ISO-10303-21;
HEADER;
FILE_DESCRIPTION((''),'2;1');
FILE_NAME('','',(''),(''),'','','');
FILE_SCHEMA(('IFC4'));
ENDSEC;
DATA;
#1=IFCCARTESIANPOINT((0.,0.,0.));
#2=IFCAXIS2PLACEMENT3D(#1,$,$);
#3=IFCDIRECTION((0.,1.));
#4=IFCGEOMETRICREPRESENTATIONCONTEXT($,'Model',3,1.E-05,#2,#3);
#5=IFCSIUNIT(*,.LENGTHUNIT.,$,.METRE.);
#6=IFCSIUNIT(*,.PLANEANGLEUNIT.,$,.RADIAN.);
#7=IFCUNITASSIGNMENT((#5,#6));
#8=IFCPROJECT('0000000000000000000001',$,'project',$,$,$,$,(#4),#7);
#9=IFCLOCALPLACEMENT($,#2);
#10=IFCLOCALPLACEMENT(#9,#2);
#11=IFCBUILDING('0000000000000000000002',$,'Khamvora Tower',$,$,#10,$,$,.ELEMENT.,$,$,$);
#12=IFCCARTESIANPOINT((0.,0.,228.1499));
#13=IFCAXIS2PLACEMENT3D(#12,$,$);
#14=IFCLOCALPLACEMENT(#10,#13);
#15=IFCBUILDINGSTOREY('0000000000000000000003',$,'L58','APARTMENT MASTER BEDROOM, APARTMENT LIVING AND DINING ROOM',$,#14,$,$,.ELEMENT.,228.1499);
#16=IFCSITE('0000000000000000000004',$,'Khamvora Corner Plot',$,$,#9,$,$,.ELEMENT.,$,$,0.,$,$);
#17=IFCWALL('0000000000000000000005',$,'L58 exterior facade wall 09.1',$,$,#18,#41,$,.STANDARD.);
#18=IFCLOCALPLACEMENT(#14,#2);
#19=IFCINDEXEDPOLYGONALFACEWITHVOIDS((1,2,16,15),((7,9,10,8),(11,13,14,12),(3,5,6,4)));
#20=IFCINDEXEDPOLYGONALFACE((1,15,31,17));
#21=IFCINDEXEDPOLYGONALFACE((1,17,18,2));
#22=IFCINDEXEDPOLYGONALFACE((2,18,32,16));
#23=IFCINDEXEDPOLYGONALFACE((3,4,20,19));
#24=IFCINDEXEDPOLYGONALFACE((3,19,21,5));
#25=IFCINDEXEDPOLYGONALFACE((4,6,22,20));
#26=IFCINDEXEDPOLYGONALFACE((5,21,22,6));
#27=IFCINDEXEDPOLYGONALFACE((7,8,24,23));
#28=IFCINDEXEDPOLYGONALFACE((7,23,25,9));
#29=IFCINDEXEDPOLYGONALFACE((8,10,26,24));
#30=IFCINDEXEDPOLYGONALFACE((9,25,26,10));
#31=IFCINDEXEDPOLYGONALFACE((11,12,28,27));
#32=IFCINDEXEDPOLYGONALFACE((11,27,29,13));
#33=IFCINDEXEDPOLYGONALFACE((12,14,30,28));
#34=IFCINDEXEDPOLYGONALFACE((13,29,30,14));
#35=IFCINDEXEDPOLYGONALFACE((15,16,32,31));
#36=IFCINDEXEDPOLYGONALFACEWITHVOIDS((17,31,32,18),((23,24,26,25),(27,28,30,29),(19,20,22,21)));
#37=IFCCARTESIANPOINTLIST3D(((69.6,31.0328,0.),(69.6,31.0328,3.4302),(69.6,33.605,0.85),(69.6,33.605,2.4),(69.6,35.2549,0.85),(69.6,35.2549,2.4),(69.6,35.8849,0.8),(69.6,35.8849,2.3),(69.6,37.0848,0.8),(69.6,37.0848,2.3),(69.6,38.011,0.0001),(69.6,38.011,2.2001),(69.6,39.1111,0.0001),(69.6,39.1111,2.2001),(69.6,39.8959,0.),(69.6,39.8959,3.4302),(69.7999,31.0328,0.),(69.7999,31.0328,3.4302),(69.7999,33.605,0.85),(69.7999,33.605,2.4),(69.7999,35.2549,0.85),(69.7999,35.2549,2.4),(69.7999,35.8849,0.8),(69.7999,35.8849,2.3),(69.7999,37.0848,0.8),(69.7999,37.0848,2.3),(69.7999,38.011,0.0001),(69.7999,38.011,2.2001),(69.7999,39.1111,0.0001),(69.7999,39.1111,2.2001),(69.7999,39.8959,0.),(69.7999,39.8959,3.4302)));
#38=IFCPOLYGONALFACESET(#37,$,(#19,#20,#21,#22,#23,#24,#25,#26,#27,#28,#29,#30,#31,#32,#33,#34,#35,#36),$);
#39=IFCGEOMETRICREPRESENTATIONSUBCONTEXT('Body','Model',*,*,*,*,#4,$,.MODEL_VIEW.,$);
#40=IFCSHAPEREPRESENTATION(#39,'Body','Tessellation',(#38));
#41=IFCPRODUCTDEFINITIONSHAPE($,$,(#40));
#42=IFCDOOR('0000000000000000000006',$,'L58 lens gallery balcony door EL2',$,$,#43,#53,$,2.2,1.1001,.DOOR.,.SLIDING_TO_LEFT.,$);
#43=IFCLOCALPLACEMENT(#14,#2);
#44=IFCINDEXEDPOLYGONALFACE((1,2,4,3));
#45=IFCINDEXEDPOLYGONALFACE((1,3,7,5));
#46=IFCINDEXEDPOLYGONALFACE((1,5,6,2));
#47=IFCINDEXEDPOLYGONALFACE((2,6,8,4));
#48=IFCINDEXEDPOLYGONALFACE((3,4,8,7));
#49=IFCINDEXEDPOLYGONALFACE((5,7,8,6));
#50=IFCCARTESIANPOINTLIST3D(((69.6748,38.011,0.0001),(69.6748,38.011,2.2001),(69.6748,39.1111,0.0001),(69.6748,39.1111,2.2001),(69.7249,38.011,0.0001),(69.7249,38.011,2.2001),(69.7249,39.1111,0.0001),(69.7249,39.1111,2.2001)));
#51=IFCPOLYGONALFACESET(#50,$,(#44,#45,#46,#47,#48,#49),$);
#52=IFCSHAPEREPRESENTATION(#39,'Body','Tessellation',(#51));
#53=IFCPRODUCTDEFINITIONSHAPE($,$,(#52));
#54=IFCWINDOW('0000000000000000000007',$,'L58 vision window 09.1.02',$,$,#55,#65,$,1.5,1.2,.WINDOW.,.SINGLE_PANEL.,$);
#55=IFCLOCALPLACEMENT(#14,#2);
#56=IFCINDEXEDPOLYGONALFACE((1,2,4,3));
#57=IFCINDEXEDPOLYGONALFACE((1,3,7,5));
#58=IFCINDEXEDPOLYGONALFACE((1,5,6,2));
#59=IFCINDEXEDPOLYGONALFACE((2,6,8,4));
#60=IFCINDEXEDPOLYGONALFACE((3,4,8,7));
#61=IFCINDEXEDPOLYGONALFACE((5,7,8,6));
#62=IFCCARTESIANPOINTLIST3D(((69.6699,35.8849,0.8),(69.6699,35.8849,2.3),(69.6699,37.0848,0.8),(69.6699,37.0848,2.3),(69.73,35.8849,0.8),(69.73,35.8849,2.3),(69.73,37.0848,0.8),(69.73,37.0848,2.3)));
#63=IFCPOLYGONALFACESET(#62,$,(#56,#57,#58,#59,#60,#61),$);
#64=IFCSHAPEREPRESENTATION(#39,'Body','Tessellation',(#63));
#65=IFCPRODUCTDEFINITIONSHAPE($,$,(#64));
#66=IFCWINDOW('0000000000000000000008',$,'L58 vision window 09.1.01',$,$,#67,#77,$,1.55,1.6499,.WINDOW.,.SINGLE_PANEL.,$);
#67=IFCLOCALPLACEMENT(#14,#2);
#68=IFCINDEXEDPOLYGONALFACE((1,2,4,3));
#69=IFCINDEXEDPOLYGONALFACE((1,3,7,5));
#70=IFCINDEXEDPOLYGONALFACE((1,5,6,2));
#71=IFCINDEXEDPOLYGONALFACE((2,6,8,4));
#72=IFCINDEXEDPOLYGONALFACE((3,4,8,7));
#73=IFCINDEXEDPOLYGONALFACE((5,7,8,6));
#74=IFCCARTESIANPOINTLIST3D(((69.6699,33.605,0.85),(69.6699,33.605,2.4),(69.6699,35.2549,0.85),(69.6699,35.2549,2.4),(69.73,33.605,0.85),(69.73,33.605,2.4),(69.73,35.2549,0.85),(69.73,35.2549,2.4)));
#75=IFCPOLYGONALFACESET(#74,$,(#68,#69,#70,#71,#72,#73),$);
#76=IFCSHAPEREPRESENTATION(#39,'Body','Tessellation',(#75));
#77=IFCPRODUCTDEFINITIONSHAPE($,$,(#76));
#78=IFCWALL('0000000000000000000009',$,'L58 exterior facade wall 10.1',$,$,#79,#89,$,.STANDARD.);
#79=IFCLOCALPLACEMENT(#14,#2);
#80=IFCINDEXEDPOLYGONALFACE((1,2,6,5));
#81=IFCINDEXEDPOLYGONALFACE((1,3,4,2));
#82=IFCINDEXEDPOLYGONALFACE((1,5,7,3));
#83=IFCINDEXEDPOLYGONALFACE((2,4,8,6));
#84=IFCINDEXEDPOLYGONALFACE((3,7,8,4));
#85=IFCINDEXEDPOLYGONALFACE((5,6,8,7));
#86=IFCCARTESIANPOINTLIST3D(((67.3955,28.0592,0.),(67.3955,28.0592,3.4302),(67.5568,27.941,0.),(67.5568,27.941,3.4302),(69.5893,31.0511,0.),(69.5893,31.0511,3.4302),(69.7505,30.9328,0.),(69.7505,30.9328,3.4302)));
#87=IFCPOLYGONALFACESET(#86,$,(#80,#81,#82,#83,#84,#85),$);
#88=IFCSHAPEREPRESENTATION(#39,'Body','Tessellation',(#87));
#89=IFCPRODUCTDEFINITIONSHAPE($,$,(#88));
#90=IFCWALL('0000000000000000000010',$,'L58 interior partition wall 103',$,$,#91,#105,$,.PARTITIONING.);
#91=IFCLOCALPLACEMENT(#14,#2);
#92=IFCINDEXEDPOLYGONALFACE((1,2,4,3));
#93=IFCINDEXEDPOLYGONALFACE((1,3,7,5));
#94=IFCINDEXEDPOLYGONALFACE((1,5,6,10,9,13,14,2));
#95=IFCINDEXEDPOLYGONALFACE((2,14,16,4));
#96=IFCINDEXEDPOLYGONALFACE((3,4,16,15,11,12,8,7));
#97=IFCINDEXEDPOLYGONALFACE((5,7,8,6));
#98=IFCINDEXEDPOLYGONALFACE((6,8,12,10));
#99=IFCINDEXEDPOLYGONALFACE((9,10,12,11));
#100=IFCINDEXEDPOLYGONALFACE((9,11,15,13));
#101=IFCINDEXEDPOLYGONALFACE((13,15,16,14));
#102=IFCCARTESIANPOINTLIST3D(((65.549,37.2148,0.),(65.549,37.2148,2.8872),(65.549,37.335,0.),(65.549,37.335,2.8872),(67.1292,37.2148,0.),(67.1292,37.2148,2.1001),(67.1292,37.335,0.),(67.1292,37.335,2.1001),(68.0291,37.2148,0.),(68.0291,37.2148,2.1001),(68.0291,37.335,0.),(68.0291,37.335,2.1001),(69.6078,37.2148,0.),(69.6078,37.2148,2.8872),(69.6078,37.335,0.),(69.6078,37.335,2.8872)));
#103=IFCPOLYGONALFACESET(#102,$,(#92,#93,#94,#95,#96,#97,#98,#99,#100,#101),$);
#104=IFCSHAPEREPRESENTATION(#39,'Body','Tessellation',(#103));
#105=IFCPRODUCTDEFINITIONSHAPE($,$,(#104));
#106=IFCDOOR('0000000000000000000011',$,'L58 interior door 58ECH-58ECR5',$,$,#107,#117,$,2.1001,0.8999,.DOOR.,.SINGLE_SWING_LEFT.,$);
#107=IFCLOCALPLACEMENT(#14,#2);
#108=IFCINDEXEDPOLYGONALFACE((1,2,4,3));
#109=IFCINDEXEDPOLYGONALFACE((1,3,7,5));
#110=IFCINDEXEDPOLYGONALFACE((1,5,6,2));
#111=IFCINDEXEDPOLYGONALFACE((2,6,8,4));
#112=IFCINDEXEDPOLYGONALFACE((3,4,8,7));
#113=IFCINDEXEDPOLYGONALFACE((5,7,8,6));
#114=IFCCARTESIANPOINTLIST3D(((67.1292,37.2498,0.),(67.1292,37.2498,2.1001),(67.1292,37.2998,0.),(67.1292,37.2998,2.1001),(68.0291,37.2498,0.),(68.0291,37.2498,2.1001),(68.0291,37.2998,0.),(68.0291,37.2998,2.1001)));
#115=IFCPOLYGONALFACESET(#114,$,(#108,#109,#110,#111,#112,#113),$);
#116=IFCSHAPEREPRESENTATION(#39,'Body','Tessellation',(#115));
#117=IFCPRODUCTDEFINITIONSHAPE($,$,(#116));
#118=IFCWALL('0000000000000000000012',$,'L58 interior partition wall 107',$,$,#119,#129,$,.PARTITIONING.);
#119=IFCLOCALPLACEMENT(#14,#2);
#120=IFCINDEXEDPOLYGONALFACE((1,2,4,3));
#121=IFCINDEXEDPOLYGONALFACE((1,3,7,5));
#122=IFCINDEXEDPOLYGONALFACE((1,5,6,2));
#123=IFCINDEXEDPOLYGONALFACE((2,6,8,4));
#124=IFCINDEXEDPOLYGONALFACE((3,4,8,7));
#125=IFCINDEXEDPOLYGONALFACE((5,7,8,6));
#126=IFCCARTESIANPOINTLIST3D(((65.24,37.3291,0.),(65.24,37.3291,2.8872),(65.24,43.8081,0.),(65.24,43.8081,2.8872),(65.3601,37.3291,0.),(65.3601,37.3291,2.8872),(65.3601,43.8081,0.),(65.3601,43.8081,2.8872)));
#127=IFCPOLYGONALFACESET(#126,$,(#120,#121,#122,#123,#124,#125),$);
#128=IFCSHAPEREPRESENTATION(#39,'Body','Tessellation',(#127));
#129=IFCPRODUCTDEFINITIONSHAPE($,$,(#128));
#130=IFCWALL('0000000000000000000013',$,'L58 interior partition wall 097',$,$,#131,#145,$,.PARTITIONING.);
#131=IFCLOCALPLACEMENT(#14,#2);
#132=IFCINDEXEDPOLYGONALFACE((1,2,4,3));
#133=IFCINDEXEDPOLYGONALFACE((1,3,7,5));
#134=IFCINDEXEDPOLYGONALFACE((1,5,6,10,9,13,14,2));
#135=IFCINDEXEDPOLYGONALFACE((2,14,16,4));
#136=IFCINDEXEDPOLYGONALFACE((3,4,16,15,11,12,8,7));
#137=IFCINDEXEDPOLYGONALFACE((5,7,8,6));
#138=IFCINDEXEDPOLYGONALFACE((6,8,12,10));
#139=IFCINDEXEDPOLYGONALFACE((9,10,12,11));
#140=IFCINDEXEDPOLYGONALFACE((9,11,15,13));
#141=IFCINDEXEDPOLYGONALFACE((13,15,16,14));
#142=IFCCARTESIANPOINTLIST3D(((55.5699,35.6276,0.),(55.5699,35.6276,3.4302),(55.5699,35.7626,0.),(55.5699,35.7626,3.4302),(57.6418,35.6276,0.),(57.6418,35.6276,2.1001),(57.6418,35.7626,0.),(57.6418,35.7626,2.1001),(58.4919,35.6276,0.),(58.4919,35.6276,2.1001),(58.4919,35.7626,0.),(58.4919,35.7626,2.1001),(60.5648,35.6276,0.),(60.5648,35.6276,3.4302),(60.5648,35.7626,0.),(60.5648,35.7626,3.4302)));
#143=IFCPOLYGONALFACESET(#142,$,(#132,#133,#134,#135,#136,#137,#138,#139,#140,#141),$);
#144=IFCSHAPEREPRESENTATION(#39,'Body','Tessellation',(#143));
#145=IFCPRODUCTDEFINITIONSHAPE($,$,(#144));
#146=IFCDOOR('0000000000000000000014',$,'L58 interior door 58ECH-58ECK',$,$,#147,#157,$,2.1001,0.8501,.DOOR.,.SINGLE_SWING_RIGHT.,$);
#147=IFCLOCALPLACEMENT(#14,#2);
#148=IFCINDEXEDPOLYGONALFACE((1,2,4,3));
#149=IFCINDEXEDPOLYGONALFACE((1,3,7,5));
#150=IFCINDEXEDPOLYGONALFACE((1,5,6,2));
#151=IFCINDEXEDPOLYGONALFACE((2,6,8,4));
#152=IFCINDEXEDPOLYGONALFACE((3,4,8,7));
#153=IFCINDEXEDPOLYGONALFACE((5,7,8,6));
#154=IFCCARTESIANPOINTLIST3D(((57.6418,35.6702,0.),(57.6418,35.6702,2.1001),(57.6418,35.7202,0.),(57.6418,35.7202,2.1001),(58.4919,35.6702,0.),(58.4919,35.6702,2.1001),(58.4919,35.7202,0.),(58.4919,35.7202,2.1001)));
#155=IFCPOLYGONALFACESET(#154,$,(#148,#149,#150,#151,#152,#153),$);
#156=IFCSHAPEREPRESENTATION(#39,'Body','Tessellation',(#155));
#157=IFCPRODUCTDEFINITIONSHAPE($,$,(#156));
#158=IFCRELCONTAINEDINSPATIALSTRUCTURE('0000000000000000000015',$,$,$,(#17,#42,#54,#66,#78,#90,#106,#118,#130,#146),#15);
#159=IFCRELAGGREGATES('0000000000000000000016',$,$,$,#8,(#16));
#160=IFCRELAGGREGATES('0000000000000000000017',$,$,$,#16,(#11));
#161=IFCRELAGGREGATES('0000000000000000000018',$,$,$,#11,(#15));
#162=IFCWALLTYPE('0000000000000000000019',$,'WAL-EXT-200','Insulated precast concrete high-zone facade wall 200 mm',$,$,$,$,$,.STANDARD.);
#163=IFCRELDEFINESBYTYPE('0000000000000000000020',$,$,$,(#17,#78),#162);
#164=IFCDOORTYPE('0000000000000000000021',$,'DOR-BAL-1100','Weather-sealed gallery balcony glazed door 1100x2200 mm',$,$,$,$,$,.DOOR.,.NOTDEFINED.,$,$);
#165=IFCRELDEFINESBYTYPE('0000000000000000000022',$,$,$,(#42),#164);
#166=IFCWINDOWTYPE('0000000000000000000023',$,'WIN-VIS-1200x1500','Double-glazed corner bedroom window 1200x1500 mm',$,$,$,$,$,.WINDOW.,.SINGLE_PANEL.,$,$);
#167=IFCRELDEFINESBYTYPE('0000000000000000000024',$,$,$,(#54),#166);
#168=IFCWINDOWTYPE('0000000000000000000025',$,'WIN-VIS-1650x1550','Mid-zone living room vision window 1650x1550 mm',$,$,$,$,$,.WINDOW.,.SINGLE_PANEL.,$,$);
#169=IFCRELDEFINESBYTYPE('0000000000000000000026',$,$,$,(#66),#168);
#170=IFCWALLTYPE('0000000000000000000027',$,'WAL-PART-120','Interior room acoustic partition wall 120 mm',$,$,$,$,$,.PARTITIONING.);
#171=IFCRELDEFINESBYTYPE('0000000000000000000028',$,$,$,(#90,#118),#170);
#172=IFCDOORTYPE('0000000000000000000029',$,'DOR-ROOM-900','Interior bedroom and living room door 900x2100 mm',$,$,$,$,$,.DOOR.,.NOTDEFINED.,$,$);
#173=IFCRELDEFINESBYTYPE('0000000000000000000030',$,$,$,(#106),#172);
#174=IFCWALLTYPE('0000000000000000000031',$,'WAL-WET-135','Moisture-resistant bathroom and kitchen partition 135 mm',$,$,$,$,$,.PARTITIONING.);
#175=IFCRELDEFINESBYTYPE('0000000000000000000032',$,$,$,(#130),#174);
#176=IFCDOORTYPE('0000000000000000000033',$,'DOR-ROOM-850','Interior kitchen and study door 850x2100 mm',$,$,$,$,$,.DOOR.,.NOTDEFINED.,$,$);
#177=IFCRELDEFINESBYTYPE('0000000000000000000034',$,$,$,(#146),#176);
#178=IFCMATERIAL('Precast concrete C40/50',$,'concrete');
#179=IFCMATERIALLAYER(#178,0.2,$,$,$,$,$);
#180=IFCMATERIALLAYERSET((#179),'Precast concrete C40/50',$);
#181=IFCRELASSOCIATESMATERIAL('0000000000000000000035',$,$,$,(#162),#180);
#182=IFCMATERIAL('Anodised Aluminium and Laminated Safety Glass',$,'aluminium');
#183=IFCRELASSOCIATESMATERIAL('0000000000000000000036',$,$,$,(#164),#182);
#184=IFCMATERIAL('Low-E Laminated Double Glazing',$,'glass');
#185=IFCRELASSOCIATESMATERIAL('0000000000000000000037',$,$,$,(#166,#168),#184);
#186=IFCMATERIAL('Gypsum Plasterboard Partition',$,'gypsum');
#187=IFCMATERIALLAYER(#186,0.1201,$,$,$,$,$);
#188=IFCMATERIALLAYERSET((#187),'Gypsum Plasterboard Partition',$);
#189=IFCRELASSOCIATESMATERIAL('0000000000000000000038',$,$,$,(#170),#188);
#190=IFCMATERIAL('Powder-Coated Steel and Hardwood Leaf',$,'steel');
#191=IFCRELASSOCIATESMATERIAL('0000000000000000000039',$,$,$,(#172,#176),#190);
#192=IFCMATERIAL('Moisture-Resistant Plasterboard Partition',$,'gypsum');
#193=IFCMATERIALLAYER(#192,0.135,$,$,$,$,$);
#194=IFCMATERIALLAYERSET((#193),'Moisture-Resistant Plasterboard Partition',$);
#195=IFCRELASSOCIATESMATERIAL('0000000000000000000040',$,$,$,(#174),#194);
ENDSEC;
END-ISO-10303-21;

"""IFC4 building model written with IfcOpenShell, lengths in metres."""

from ifc_helpers import new_model, si_unit, direction, frame, frame_2d, origin, place, context, subcontext, project, spatial, rectangle, extrude, material, layer, layer_set, type_object, element, fill, save


model = new_model("IFC4")

# Units and contexts
model_context = context("Model", 3, precision=1e-05, world=origin(), true_north=direction((0.0, 1.0)))
body_context = subcontext(model_context, "Body", "Model", "MODEL_VIEW")
ifc_project = project(units=[si_unit("LENGTHUNIT", "METRE"), si_unit("PLANEANGLEUNIT", "RADIAN")], contexts=[model_context])

# Site, building, storey
site_placement = place(None, origin())
site = spatial("IfcSite", under=ifc_project, at=site_placement, Name="Khamvora Corner Plot", CompositionType="ELEMENT", RefElevation=0.0)
building_placement = place(site_placement, origin())
building = spatial("IfcBuilding", under=site, at=building_placement, Name="Khamvora Tower", CompositionType="ELEMENT")
storey_placement = place(building_placement, frame((0.0, 0.0, 228.1499)))
storey = spatial("IfcBuildingStorey", under=building, at=storey_placement, Name="L58", Description="APARTMENT MASTER BEDROOM, APARTMENT LIVING AND DINING ROOM", CompositionType="ELEMENT", Elevation=228.1499)

# Shared definitions
ifc_material_1 = material(Name="Powder-Coated Steel and Hardwood Leaf", Category="steel")

# Shared definitions
ifc_material_2 = material(Name="Precast concrete C40/50", Category="concrete")
ifc_layer_1 = layer(ifc_material_2, 0.2)
ifc_layer_set_1 = layer_set([ifc_layer_1], Name="Precast concrete C40/50")
wall_type_1 = type_object("IfcWallType", Name="WAL-EXT-200", Description="Insulated precast concrete high-zone facade wall 200 mm", PredefinedType="STANDARD", material=ifc_layer_set_1)

# Wall, openings, door, windows
wall_1_placement = place(storey_placement, frame((69.7, 39.896, 0.0), z_axis=(0.0, 0.0, 1.0), x_axis=(0.0, -1.0, 0.0)))
wall_1 = element("IfcWall", 1, at=wall_1_placement, inside=storey, type_object=wall_type_1, Name="L58 exterior facade wall 09.1", PredefinedType="STANDARD", context=body_context, shape_type="SweptSolid", body=[
    extrude(rectangle(XDim=8.863, YDim=0.2, at=frame_2d((4.4316, 0.0))), origin(), (0.0, 0.0, 1.0), 3.4302),
])
opening_1_placement = place(wall_1_placement, frame((0.7849, 0.0, 0.0)))
opening_1 = element("IfcOpeningElement", 2, at=opening_1_placement, cuts=wall_1, PredefinedType="OPENING", context=body_context, shape_type="SweptSolid", body=[
    extrude(rectangle(XDim=1.1001, YDim=2.2, at=frame_2d((0.55, 1.1001))), frame((0.0, 0.1099, 0.0), z_axis=(0.0, -1.0, 0.0), x_axis=(1.0, 0.0, 0.0)), (0.0, 0.0, 1.0), 0.22),
])
opening_2_placement = place(wall_1_placement, frame((4.6411, 0.0, 0.8501)))
opening_2 = element("IfcOpeningElement", 3, at=opening_2_placement, cuts=wall_1, PredefinedType="OPENING", context=body_context, shape_type="SweptSolid", body=[
    extrude(rectangle(XDim=1.6499, YDim=1.55, at=frame_2d((0.825, 0.7749))), frame((0.0, 0.1099, 0.0), z_axis=(0.0, -1.0, 0.0), x_axis=(1.0, 0.0, 0.0)), (0.0, 0.0, 1.0), 0.22),
])
opening_3_placement = place(wall_1_placement, frame((2.811, 0.0, 0.8)))
opening_3 = element("IfcOpeningElement", 4, at=opening_3_placement, cuts=wall_1, PredefinedType="OPENING", context=body_context, shape_type="SweptSolid", body=[
    extrude(rectangle(XDim=1.2, YDim=1.5, at=frame_2d((0.6001, 0.75))), frame((0.0, 0.1099, 0.0), z_axis=(0.0, -1.0, 0.0), x_axis=(1.0, 0.0, 0.0)), (0.0, 0.0, 1.0), 0.22),
])
ifc_material_3 = material(Name="Anodised Aluminium and Laminated Safety Glass", Category="aluminium")
door_type_1 = type_object("IfcDoorType", Name="DOR-BAL-1100", Description="Weather-sealed gallery balcony glazed door 1100x2200 mm", OperationType="NOTDEFINED", PredefinedType="DOOR", material=ifc_material_3)
door_1_placement = place(opening_1_placement, origin())
door_1 = element("IfcDoor", 5, at=door_1_placement, inside=storey, type_object=door_type_1, Name="L58 lens gallery balcony door EL2", OperationType="SLIDING_TO_LEFT", OverallHeight=2.2, OverallWidth=1.1001, PredefinedType="DOOR", context=body_context, shape_type="SweptSolid", body=[
    extrude(rectangle(XDim=1.1001, YDim=2.2, at=frame_2d((0.55, 1.1001))), frame((0.0, 0.0249, 0.0), z_axis=(0.0, -1.0, 0.0), x_axis=(1.0, 0.0, 0.0)), (0.0, 0.0, 1.0), 0.05),
])
fill(opening_1, door_1)
ifc_material_4 = material(Name="Low-E Laminated Double Glazing", Category="glass")
window_type_1 = type_object("IfcWindowType", Name="WIN-VIS-1200x1500", Description="Double-glazed corner bedroom window 1200x1500 mm", PartitioningType="SINGLE_PANEL", PredefinedType="WINDOW", material=ifc_material_4)
window_1_placement = place(opening_3_placement, origin())
window_1 = element("IfcWindow", 6, at=window_1_placement, inside=storey, type_object=window_type_1, Name="L58 vision window 09.1.02", OverallHeight=1.5, OverallWidth=1.2, PartitioningType="SINGLE_PANEL", PredefinedType="WINDOW", context=body_context, shape_type="SweptSolid", body=[
    extrude(rectangle(XDim=1.2, YDim=1.5, at=frame_2d((0.6001, 0.75))), frame((0.0, 0.03, 0.0), z_axis=(0.0, -1.0, 0.0), x_axis=(1.0, 0.0, 0.0)), (0.0, 0.0, 1.0), 0.0601),
])
fill(opening_3, window_1)
window_type_2 = type_object("IfcWindowType", Name="WIN-VIS-1650x1550", Description="Mid-zone living room vision window 1650x1550 mm", PartitioningType="SINGLE_PANEL", PredefinedType="WINDOW", material=ifc_material_4)
window_2_placement = place(opening_2_placement, origin())
window_2 = element("IfcWindow", 7, at=window_2_placement, inside=storey, type_object=window_type_2, Name="L58 vision window 09.1.01", OverallHeight=1.55, OverallWidth=1.6499, PartitioningType="SINGLE_PANEL", PredefinedType="WINDOW", context=body_context, shape_type="SweptSolid", body=[
    extrude(rectangle(XDim=1.6499, YDim=1.55, at=frame_2d((0.825, 0.7749))), frame((0.0, 0.03, 0.0), z_axis=(0.0, -1.0, 0.0), x_axis=(1.0, 0.0, 0.0)), (0.0, 0.0, 1.0), 0.0601),
])
fill(opening_2, window_2)

# Wall
wall_2_placement = place(storey_placement, frame((69.6699, 30.9919, 0.0), z_axis=(0.0, 0.0, 1.0), x_axis=(-0.591321, -0.806436, 0.0)))
element("IfcWall", 8, at=wall_2_placement, inside=storey, type_object=wall_type_1, Name="L58 exterior facade wall 10.1", PredefinedType="STANDARD", context=body_context, shape_type="SweptSolid", body=[
    extrude(rectangle(XDim=3.71, YDim=0.2, at=frame_2d((1.855, 0.0))), origin(), (0.0, 0.0, 1.0), 3.4302),
])

# Wall, opening, door
ifc_material_5 = material(Name="Gypsum Plasterboard Partition", Category="gypsum")
ifc_layer_2 = layer(ifc_material_5, 0.1201)
ifc_layer_set_2 = layer_set([ifc_layer_2], Name="Gypsum Plasterboard Partition")
wall_type_2 = type_object("IfcWallType", Name="WAL-PART-120", Description="Interior room acoustic partition wall 120 mm", PredefinedType="PARTITIONING", material=ifc_layer_set_2)
wall_3_placement = place(storey_placement, frame((65.5491, 37.2749, 0.0), z_axis=(0.0, 0.0, 1.0), x_axis=(1.0, 0.0, 0.0)))
wall_3 = element("IfcWall", 9, at=wall_3_placement, inside=storey, type_object=wall_type_2, Name="L58 interior partition wall 103", PredefinedType="PARTITIONING", context=body_context, shape_type="SweptSolid", body=[
    extrude(rectangle(XDim=4.0588, YDim=0.1201, at=frame_2d((2.0293, 0.0))), origin(), (0.0, 0.0, 1.0), 2.8872),
])
opening_4_placement = place(wall_3_placement, frame((1.5801, 0.0, 0.0)))
opening_4 = element("IfcOpeningElement", 10, at=opening_4_placement, cuts=wall_3, PredefinedType="OPENING", context=body_context, shape_type="SweptSolid", body=[
    extrude(rectangle(XDim=0.8999, YDim=2.1001, at=frame_2d((0.45, 1.05))), frame((0.0, 0.0701, 0.0), z_axis=(0.0, -1.0, 0.0), x_axis=(1.0, 0.0, 0.0)), (0.0, 0.0, 1.0), 0.1401),
])
door_type_2 = type_object("IfcDoorType", Name="DOR-ROOM-900", Description="Interior bedroom and living room door 900x2100 mm", OperationType="NOTDEFINED", PredefinedType="DOOR", material=ifc_material_1)
door_2_placement = place(opening_4_placement, origin())
door_2 = element("IfcDoor", 11, at=door_2_placement, inside=storey, type_object=door_type_2, Name="L58 interior door 58ECH-58ECR5", OperationType="SINGLE_SWING_LEFT", OverallHeight=2.1001, OverallWidth=0.8999, PredefinedType="DOOR", context=body_context, shape_type="SweptSolid", body=[
    extrude(rectangle(XDim=0.8999, YDim=2.1001, at=frame_2d((0.45, 1.05))), frame((0.0, 0.0249, 0.0), z_axis=(0.0, -1.0, 0.0), x_axis=(1.0, 0.0, 0.0)), (0.0, 0.0, 1.0), 0.05),
])
fill(opening_4, door_2)

# Wall
wall_4_placement = place(storey_placement, frame((65.3, 43.8081, 0.0), z_axis=(0.0, 0.0, 1.0), x_axis=(0.0, -1.0, 0.0)))
element("IfcWall", 12, at=wall_4_placement, inside=storey, type_object=wall_type_2, Name="L58 interior partition wall 107", PredefinedType="PARTITIONING", context=body_context, shape_type="SweptSolid", body=[
    extrude(rectangle(XDim=6.479, YDim=0.1201, at=frame_2d((3.2395, 0.0))), origin(), (0.0, 0.0, 1.0), 2.8872),
])

# Wall, opening, door
ifc_material_6 = material(Name="Moisture-Resistant Plasterboard Partition", Category="gypsum")
ifc_layer_3 = layer(ifc_material_6, 0.135)
ifc_layer_set_3 = layer_set([ifc_layer_3], Name="Moisture-Resistant Plasterboard Partition")
wall_type_3 = type_object("IfcWallType", Name="WAL-WET-135", Description="Moisture-resistant bathroom and kitchen partition 135 mm", PredefinedType="PARTITIONING", material=ifc_layer_set_3)
wall_5_placement = place(storey_placement, frame((60.5649, 35.6951, 0.0), z_axis=(0.0, 0.0, 1.0), x_axis=(-1.0, 0.0, 0.0)))
wall_5 = element("IfcWall", 13, at=wall_5_placement, inside=storey, type_object=wall_type_3, Name="L58 interior partition wall 097", PredefinedType="PARTITIONING", context=body_context, shape_type="SweptSolid", body=[
    extrude(rectangle(XDim=4.9949, YDim=0.135, at=frame_2d((2.4976, 0.0))), origin(), (0.0, 0.0, 1.0), 3.4302),
])
opening_5_placement = place(wall_5_placement, frame((2.073, 0.0, 0.0)))
opening_5 = element("IfcOpeningElement", 14, at=opening_5_placement, cuts=wall_5, PredefinedType="OPENING", context=body_context, shape_type="SweptSolid", body=[
    extrude(rectangle(XDim=0.8501, YDim=2.1001, at=frame_2d((0.425, 1.05))), frame((0.0, 0.0774, 0.0), z_axis=(0.0, -1.0, 0.0), x_axis=(1.0, 0.0, 0.0)), (0.0, 0.0, 1.0), 0.155),
])
door_type_3 = type_object("IfcDoorType", Name="DOR-ROOM-850", Description="Interior kitchen and study door 850x2100 mm", OperationType="NOTDEFINED", PredefinedType="DOOR", material=ifc_material_1)
door_3_placement = place(opening_5_placement, origin())
door_3 = element("IfcDoor", 15, at=door_3_placement, inside=storey, type_object=door_type_3, Name="L58 interior door 58ECH-58ECK", OperationType="SINGLE_SWING_RIGHT", OverallHeight=2.1001, OverallWidth=0.8501, PredefinedType="DOOR", context=body_context, shape_type="SweptSolid", body=[
    extrude(rectangle(XDim=0.8501, YDim=2.1001, at=frame_2d((0.425, 1.05))), frame((0.0, 0.0249, 0.0), z_axis=(0.0, -1.0, 0.0), x_axis=(1.0, 0.0, 0.0)), (0.0, 0.0, 1.0), 0.05),
])
fill(opening_5, door_3)

save(model, "model.ifc")
